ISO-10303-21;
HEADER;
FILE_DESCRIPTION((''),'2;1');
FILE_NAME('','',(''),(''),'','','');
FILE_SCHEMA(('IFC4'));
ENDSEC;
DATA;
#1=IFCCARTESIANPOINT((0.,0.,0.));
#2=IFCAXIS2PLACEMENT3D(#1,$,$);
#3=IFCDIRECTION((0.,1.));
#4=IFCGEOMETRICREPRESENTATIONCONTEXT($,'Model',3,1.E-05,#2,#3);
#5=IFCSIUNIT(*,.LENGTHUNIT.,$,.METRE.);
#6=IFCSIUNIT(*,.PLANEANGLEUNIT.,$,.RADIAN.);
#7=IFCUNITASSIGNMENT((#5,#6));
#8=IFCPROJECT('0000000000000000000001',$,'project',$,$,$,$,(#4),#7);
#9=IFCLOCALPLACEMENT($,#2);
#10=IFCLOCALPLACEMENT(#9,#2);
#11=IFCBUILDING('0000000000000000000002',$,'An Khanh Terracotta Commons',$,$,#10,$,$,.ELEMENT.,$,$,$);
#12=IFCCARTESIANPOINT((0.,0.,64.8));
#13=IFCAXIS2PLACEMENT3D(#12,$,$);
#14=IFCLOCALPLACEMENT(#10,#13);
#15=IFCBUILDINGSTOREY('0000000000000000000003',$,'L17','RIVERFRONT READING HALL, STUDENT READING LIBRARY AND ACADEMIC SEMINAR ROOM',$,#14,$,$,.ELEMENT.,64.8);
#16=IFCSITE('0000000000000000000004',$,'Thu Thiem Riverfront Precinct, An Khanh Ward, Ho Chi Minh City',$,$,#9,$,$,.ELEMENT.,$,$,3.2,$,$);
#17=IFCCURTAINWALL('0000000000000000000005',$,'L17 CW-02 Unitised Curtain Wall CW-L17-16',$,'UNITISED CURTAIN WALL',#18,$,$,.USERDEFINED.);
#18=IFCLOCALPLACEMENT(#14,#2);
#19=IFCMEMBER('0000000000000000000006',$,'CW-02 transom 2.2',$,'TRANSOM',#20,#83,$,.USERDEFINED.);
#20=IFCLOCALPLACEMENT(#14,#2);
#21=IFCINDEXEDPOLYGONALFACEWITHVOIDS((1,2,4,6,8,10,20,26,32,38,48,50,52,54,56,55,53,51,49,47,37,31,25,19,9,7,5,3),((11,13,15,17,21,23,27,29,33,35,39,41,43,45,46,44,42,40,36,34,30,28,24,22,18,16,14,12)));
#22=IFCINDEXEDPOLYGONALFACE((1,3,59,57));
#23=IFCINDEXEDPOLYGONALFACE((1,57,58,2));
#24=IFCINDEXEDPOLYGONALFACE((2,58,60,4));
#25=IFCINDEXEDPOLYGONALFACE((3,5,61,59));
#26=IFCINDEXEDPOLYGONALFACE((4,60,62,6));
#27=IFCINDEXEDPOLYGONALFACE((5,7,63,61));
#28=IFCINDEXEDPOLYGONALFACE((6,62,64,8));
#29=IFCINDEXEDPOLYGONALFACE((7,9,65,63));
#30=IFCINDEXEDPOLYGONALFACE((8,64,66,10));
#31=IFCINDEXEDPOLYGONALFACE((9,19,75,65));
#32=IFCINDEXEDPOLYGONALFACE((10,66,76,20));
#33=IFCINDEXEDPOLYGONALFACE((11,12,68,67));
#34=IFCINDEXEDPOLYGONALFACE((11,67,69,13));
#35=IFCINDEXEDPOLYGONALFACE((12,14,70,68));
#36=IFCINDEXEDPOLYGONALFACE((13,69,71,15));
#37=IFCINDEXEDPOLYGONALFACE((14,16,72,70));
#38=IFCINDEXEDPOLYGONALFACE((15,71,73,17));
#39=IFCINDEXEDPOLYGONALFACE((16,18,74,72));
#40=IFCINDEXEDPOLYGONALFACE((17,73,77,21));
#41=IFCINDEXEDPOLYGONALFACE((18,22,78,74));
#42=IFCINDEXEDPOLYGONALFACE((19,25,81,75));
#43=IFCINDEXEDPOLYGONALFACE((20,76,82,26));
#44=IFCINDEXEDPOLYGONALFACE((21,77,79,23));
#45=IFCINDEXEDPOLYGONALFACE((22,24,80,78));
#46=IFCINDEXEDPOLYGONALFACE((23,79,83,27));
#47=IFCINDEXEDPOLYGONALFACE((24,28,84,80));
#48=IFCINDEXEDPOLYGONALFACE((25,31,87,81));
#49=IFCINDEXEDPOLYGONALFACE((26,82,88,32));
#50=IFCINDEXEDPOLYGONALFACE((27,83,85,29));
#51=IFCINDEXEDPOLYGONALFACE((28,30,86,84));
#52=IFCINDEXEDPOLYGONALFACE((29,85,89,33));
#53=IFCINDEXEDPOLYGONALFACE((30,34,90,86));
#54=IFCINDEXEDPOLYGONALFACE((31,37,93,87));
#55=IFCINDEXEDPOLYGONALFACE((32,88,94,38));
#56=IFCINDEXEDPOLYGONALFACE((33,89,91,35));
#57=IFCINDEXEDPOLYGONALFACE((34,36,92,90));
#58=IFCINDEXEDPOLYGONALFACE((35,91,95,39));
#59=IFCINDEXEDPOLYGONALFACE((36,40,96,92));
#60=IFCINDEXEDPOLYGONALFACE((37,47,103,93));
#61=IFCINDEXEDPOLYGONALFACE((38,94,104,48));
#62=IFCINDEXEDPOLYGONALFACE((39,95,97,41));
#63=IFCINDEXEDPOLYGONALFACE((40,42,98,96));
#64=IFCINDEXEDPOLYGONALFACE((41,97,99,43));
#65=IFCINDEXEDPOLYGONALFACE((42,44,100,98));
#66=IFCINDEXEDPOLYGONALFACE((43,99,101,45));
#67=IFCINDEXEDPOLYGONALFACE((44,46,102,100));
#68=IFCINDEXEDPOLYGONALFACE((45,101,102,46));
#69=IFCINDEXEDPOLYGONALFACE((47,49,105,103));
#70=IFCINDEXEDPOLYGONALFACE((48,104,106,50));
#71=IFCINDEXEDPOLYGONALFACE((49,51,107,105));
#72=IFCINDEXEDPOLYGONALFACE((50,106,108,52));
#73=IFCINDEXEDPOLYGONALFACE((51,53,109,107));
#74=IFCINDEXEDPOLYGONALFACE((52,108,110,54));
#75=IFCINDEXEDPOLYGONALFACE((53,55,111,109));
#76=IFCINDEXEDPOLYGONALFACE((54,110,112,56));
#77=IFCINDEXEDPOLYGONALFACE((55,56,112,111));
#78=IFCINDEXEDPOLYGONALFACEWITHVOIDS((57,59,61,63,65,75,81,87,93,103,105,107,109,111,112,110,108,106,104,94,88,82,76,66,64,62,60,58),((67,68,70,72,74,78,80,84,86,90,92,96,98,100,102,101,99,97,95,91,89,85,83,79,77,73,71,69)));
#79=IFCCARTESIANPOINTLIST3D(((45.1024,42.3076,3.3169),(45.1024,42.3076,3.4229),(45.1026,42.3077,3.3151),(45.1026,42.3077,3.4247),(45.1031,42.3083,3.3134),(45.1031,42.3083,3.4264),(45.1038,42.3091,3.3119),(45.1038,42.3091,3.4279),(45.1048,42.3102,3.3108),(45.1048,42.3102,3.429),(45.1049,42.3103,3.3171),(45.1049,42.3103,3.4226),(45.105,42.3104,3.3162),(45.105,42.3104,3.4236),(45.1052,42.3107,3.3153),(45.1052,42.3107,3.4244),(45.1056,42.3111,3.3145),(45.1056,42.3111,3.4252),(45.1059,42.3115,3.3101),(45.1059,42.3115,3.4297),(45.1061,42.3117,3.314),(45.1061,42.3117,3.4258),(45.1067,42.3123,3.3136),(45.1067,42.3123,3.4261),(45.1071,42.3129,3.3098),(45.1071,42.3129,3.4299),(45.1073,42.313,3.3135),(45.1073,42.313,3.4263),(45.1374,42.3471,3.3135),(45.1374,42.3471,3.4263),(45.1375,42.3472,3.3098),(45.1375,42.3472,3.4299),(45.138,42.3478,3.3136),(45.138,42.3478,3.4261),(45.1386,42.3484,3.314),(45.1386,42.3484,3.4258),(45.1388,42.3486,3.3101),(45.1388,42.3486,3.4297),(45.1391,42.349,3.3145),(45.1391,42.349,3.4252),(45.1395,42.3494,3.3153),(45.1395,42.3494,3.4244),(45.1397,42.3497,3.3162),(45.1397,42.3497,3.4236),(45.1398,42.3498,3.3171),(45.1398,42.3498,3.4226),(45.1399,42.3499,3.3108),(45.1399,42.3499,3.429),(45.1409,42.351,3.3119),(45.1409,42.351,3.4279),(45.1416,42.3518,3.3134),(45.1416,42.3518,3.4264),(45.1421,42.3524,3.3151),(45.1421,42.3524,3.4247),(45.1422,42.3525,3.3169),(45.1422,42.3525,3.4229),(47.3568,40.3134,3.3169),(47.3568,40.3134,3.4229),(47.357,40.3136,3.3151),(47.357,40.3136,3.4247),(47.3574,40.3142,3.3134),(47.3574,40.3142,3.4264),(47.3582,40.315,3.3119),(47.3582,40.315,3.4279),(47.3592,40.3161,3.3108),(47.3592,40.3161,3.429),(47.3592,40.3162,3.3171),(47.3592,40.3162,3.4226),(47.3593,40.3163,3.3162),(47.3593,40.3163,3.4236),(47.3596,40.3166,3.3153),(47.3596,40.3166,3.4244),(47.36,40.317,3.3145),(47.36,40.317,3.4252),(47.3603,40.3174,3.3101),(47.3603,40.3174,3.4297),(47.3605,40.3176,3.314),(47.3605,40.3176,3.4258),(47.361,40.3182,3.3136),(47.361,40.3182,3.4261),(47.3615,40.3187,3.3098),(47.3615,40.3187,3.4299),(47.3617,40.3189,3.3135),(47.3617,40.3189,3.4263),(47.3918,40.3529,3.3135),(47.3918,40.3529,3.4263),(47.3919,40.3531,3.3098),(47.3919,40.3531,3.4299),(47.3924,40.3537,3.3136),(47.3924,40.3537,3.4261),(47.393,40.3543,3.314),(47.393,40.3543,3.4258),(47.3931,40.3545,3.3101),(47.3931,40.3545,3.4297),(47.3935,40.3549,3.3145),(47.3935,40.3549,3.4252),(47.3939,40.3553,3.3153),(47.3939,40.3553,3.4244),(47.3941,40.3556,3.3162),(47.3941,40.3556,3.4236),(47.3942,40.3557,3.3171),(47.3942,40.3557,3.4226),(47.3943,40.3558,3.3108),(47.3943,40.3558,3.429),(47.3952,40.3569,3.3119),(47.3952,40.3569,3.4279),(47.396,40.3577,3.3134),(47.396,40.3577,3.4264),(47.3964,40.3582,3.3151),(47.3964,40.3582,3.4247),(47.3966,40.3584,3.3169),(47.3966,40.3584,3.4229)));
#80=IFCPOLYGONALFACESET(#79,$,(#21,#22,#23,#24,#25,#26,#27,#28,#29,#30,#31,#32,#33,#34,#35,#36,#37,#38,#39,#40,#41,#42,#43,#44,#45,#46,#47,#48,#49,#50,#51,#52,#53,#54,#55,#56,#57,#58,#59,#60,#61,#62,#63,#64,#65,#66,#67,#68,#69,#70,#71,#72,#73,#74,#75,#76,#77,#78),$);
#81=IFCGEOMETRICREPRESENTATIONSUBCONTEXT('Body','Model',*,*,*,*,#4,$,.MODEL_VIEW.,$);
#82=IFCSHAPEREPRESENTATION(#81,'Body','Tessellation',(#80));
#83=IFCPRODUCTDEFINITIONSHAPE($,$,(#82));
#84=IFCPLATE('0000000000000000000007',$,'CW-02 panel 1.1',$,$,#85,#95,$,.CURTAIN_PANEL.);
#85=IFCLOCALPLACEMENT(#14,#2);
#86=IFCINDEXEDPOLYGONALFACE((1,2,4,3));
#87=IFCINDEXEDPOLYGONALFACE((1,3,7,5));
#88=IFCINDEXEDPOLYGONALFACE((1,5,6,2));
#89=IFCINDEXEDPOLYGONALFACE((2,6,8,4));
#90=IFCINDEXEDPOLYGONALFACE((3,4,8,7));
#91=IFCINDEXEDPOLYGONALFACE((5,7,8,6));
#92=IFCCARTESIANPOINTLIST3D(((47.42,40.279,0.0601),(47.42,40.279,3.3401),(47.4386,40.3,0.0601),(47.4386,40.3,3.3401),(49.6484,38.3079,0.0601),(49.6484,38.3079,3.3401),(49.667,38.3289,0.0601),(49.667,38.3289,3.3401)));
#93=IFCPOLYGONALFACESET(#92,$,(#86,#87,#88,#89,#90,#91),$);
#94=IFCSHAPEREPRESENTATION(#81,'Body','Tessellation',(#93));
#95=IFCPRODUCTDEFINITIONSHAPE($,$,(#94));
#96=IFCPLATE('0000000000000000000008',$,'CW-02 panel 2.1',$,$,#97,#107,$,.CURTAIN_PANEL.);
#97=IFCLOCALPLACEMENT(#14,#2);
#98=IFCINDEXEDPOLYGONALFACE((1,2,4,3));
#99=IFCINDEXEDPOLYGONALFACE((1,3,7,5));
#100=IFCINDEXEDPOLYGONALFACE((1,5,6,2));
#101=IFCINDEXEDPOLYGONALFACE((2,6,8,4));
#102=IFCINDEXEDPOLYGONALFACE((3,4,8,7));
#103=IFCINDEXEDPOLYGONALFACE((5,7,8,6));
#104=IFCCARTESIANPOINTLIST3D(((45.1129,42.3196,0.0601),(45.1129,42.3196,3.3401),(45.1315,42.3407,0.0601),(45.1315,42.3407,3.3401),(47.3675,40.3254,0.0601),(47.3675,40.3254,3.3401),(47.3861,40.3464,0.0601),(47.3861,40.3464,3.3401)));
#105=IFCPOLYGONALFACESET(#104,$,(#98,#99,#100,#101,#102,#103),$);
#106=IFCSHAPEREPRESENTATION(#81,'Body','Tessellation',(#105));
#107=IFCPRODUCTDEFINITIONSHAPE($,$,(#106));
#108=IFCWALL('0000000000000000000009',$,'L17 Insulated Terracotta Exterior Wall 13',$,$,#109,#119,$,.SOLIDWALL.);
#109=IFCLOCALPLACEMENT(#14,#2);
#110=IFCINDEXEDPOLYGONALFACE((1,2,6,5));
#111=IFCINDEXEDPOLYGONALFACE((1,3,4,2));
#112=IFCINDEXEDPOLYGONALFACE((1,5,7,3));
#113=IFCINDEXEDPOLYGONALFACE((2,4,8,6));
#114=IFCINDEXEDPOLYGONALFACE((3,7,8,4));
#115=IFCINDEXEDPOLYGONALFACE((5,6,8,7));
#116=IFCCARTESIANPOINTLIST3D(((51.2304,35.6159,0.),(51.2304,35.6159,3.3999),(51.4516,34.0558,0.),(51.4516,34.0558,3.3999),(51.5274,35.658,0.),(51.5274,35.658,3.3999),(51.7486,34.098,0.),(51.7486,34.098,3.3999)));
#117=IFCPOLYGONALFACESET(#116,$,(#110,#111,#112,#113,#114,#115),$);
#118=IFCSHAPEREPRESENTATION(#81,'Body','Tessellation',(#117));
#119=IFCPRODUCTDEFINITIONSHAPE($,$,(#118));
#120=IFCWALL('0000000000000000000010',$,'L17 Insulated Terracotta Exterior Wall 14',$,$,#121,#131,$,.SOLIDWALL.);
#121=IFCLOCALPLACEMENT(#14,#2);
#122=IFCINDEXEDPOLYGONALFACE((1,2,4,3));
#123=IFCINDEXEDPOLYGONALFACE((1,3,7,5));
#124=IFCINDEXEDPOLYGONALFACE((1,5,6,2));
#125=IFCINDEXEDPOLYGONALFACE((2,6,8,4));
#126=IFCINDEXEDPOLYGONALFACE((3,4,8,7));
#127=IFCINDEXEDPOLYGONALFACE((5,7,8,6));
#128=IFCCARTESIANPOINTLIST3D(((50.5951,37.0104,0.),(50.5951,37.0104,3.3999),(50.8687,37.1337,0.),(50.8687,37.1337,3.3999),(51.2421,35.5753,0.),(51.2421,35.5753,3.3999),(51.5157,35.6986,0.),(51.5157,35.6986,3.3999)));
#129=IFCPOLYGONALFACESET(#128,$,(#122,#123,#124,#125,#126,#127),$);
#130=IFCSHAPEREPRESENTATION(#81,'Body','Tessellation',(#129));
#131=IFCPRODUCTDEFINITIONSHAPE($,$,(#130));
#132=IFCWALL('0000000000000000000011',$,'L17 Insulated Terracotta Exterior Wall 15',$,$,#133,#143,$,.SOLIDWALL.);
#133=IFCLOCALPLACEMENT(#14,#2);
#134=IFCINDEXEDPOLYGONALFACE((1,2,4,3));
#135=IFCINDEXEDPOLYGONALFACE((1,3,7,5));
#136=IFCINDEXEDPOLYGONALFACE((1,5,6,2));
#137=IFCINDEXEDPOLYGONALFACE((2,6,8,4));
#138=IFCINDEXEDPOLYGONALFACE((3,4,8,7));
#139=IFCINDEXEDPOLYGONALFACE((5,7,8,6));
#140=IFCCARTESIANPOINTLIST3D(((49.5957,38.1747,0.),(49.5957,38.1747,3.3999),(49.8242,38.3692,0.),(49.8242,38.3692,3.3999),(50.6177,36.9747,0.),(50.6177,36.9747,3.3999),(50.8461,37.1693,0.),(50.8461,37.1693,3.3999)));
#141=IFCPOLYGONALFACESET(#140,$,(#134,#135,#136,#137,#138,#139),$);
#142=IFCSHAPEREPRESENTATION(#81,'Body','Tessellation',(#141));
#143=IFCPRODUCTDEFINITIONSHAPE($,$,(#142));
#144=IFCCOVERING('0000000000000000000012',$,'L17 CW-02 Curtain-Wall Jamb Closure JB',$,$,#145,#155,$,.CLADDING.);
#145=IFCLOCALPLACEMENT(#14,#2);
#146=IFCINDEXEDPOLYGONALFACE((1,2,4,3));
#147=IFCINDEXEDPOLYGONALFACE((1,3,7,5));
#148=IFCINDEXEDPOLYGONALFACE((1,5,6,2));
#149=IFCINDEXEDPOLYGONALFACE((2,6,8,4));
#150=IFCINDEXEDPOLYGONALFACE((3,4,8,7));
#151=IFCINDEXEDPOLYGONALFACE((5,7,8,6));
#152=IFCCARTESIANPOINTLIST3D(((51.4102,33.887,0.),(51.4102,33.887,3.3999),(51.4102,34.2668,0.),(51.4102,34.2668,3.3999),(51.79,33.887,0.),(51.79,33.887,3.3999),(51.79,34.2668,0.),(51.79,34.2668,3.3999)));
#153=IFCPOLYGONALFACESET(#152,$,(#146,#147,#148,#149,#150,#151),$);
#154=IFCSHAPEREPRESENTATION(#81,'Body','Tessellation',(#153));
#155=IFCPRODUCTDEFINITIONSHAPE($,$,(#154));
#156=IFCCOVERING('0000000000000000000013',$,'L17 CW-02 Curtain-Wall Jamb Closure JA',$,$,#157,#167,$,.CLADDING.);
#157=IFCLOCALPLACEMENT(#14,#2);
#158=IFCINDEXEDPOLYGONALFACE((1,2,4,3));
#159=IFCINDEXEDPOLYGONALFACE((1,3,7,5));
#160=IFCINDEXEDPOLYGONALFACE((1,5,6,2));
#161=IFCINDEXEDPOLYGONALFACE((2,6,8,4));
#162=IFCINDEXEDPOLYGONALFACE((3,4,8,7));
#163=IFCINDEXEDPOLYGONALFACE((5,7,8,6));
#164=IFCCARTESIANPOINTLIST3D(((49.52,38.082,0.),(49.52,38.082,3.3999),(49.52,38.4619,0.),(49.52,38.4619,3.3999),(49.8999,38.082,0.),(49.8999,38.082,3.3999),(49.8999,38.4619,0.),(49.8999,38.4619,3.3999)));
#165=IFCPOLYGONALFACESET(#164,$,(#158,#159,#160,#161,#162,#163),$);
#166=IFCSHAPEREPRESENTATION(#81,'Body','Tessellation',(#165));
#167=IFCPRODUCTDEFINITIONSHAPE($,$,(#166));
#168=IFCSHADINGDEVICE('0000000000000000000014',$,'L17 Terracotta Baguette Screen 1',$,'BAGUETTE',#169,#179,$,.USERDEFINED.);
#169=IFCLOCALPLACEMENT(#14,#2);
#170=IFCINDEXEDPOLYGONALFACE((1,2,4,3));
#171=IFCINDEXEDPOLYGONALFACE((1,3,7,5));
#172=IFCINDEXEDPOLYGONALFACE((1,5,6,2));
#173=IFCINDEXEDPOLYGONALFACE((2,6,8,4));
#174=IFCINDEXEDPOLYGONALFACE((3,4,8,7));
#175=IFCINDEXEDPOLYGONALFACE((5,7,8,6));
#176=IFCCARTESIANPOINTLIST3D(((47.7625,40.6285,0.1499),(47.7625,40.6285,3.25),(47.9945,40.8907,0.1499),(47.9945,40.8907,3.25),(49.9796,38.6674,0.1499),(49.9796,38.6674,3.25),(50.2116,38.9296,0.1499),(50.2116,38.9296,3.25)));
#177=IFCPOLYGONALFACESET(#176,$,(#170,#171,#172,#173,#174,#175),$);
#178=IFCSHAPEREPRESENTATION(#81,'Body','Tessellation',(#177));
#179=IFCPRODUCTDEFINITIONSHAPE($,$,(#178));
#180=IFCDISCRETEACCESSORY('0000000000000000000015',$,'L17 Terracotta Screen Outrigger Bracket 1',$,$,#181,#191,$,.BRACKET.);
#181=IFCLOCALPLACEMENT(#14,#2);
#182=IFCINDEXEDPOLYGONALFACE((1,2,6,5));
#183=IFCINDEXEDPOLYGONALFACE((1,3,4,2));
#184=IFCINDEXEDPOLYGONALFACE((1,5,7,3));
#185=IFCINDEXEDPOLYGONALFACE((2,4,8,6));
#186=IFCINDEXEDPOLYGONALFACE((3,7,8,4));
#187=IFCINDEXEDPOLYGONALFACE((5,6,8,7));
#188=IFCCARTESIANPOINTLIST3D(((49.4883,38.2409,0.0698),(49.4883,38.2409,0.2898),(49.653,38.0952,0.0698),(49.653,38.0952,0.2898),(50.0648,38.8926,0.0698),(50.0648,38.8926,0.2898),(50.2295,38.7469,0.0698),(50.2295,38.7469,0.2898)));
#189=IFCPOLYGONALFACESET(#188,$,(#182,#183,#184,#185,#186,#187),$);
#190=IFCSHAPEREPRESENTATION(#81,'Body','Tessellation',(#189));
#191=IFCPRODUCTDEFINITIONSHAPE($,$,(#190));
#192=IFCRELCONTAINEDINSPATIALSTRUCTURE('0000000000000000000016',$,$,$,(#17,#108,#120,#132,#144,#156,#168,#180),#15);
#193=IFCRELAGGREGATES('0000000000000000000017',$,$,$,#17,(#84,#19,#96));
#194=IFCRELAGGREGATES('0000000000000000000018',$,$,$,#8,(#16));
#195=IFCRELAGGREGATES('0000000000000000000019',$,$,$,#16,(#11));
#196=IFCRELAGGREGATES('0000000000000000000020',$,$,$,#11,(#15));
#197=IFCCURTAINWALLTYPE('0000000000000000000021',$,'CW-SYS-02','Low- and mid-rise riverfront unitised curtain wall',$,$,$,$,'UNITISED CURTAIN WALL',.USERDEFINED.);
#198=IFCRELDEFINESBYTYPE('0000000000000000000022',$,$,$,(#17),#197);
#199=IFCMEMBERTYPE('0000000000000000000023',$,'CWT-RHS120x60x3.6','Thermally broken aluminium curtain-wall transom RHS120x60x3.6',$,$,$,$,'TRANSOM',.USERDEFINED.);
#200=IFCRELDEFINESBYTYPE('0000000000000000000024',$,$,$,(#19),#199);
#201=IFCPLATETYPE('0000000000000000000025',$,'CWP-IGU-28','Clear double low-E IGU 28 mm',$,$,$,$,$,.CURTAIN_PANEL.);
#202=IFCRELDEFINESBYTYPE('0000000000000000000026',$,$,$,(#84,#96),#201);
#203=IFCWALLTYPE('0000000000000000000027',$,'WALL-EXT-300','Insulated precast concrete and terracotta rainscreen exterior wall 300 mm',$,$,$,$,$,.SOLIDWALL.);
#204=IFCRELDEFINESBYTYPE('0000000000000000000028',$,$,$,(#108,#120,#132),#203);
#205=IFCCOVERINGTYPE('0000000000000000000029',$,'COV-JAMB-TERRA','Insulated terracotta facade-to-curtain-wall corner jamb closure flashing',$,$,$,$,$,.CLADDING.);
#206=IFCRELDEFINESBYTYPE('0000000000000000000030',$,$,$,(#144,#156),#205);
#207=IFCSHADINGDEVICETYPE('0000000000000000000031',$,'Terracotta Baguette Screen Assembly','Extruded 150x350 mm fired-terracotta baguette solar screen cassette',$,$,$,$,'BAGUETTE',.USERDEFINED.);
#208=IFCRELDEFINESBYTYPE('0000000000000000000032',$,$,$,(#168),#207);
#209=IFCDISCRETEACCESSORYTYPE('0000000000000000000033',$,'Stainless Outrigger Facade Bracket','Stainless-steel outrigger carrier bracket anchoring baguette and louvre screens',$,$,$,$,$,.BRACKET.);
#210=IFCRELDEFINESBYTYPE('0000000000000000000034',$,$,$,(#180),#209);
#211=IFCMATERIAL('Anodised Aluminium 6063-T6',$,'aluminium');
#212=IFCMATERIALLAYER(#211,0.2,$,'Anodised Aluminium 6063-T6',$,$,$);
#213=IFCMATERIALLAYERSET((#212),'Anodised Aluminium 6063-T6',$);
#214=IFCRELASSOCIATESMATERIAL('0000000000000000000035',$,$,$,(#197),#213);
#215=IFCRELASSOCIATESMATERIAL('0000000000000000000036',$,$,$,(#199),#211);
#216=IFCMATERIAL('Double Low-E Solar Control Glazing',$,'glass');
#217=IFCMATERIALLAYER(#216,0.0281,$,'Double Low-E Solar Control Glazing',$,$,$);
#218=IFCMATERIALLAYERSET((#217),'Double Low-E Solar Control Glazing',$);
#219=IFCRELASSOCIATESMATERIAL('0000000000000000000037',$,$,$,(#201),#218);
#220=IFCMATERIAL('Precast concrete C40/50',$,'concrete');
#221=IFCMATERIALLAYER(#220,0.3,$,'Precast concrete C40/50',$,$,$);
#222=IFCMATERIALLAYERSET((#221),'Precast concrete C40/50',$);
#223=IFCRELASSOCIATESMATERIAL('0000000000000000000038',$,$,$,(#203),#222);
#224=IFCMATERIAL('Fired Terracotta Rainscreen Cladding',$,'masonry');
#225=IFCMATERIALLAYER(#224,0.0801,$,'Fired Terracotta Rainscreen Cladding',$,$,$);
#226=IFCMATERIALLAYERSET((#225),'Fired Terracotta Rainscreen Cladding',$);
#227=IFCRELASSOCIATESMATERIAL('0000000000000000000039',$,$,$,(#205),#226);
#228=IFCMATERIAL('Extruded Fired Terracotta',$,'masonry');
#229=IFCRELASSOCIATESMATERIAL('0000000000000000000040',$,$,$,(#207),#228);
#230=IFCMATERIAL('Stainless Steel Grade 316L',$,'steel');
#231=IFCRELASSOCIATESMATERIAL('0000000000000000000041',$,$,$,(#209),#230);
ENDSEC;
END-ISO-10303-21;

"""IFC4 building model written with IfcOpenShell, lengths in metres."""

from ifc_helpers import new_model, si_unit, direction, frame, frame_2d, origin, origin_2d, place, context, subcontext, project, spatial, rectangle, hollow_rectangle, extrude, material, layer, layer_set, material_profile, profile_set, type_object, element, aggregate, save


model = new_model("IFC4")

# Units and contexts
model_context = context("Model", 3, precision=1e-05, world=origin(), true_north=direction((0.0, 1.0)))
body_context = subcontext(model_context, "Body", "Model", "MODEL_VIEW")
ifc_project = project(units=[si_unit("LENGTHUNIT", "METRE"), si_unit("PLANEANGLEUNIT", "RADIAN")], contexts=[model_context])

# Site, building, storey
site_placement = place(None, origin())
site = spatial("IfcSite", under=ifc_project, at=site_placement, Name="Thu Thiem Riverfront Precinct, An Khanh Ward, Ho Chi Minh City", CompositionType="ELEMENT", RefElevation=3.2)
building_placement = place(site_placement, origin())
building = spatial("IfcBuilding", under=site, at=building_placement, Name="An Khanh Terracotta Commons", CompositionType="ELEMENT")
storey_placement = place(building_placement, frame((0.0, 0.0, 64.8)))
storey = spatial("IfcBuildingStorey", under=building, at=storey_placement, Name="L17", Description="RIVERFRONT READING HALL, STUDENT READING LIBRARY AND ACADEMIC SEMINAR ROOM", CompositionType="ELEMENT", Elevation=64.8)

# Shared definitions
ifc_material_1 = material(Name="Anodised Aluminium 6063-T6", Category="aluminium")
ifc_layer_1 = layer(ifc_material_1, 0.2, Name="Anodised Aluminium 6063-T6")
ifc_layer_set_1 = layer_set([ifc_layer_1], Name="Anodised Aluminium 6063-T6")
curtain_wall_type = type_object("IfcCurtainWallType", Name="CW-SYS-02", Description="Low- and mid-rise riverfront unitised curtain wall", ElementType="UNITISED CURTAIN WALL", PredefinedType="USERDEFINED", material=ifc_layer_set_1)

# Curtain wall, member, plates
curtain_wall_1_placement = place(storey_placement, origin())
curtain_wall_1 = element("IfcCurtainWall", 1, at=curtain_wall_1_placement, inside=storey, type_object=curtain_wall_type, Name="L17 CW-02 Unitised Curtain Wall CW-L17-16", ObjectType="UNITISED CURTAIN WALL", PredefinedType="USERDEFINED")
ifc_material_profile_1 = material_profile(ifc_material_1, hollow_rectangle(XDim=0.0601, YDim=0.1201, WallThickness=0.0037, InnerFilletRadius=0.0037, OuterFilletRadius=0.0071, at=origin_2d()), Name="RHS120x60x3.6")
ifc_profile_set_1 = profile_set([ifc_material_profile_1], Name="Anodised Aluminium 6063-T6")
member_type_1 = type_object("IfcMemberType", Name="CWT-RHS120x60x3.6", Description="Thermally broken aluminium curtain-wall transom RHS120x60x3.6", ElementType="TRANSOM", PredefinedType="USERDEFINED", material=ifc_profile_set_1)
member_1_placement = place(storey_placement, frame((47.3767, 40.3359, 3.3699), z_axis=(-0.749018, 0.662549, 0.0), x_axis=(-0.662549, -0.749018, 0.0)))
member_1 = element("IfcMember", 2, at=member_1_placement, type_object=member_type_1, Name="CW-02 transom 2.2", ObjectType="TRANSOM", PredefinedType="USERDEFINED", context=body_context, shape_type="SweptSolid", body=[
    extrude(hollow_rectangle(XDim=0.0601, YDim=0.1201, WallThickness=0.0037, InnerFilletRadius=0.0037, OuterFilletRadius=0.0071, at=origin_2d()), origin(), (0.0, 0.0, 1.0), 3.0098),
])
ifc_material_2 = material(Name="Double Low-E Solar Control Glazing", Category="glass")
ifc_layer_2 = layer(ifc_material_2, 0.0281, Name="Double Low-E Solar Control Glazing")
ifc_layer_set_2 = layer_set([ifc_layer_2], Name="Double Low-E Solar Control Glazing")
plate_type = type_object("IfcPlateType", Name="CWP-IGU-28", Description="Clear double low-E IGU 28 mm", PredefinedType="CURTAIN_PANEL", material=ifc_layer_set_2)
plate_1_placement = place(storey_placement, frame((48.5435, 39.304, 0.0601), z_axis=(0.0, 0.0, 1.0), x_axis=(-0.749019, 0.662548, 0.0)))
plate_1 = element("IfcPlate", 3, at=plate_1_placement, type_object=plate_type, Name="CW-02 panel 1.1", PredefinedType="CURTAIN_PANEL", context=body_context, shape_type="SweptSolid", body=[
    extrude(rectangle(XDim=2.9751, YDim=0.0281, at=origin_2d()), origin(), (0.0, 0.0, 1.0), 3.28),
])
plate_2_placement = place(storey_placement, frame((46.2495, 41.333, 0.0601), z_axis=(0.0, 0.0, 1.0), x_axis=(-0.749019, 0.662548, 0.0)))
plate_2 = element("IfcPlate", 4, at=plate_2_placement, type_object=plate_type, Name="CW-02 panel 2.1", PredefinedType="CURTAIN_PANEL", context=body_context, shape_type="SweptSolid", body=[
    extrude(rectangle(XDim=3.01, YDim=0.0281, at=origin_2d()), origin(), (0.0, 0.0, 1.0), 3.28),
])
aggregate(curtain_wall_1, [plate_1, member_1, plate_2])

# Walls
ifc_material_3 = material(Name="Precast concrete C40/50", Category="concrete")
ifc_layer_3 = layer(ifc_material_3, 0.3, Name="Precast concrete C40/50")
ifc_layer_set_3 = layer_set([ifc_layer_3], Name="Precast concrete C40/50")
wall_type = type_object("IfcWallType", Name="WALL-EXT-300", Description="Insulated precast concrete and terracotta rainscreen exterior wall 300 mm", PredefinedType="SOLIDWALL", material=ifc_layer_set_3)
wall_1_placement = place(storey_placement, frame((51.6001, 34.0769, 0.0), z_axis=(0.0, 0.0, 1.0), x_axis=(-0.14038, 0.990098, 0.0)))
element("IfcWall", 5, at=wall_1_placement, inside=storey, type_object=wall_type, Name="L17 Insulated Terracotta Exterior Wall 13", PredefinedType="SOLIDWALL", context=body_context, shape_type="SweptSolid", body=[
    extrude(rectangle(XDim=1.5757, YDim=0.3, at=frame_2d((0.7878, 0.0))), origin(), (0.0, 0.0, 1.0), 3.3999),
])
wall_2_placement = place(storey_placement, frame((51.3789, 35.637, 0.0), z_axis=(0.0, 0.0, 1.0), x_axis=(-0.410997, 0.911637, 0.0)))
element("IfcWall", 6, at=wall_2_placement, inside=storey, type_object=wall_type, Name="L17 Insulated Terracotta Exterior Wall 14", PredefinedType="SOLIDWALL", context=body_context, shape_type="SweptSolid", body=[
    extrude(rectangle(XDim=1.5742, YDim=0.3, at=frame_2d((0.7871, 0.0))), origin(), (0.0, 0.0, 1.0), 3.3999),
])
wall_3_placement = place(storey_placement, frame((50.7319, 37.072, 0.0), z_axis=(0.0, 0.0, 1.0), x_axis=(-0.64839, 0.761308, 0.0)))
element("IfcWall", 7, at=wall_3_placement, inside=storey, type_object=wall_type, Name="L17 Insulated Terracotta Exterior Wall 15", PredefinedType="SOLIDWALL", context=body_context, shape_type="SweptSolid", body=[
    extrude(rectangle(XDim=1.5762, YDim=0.3, at=frame_2d((0.7881, 0.0))), origin(), (0.0, 0.0, 1.0), 3.3999),
])

# Coverings
ifc_material_4 = material(Name="Fired Terracotta Rainscreen Cladding", Category="masonry")
ifc_layer_4 = layer(ifc_material_4, 0.0801, Name="Fired Terracotta Rainscreen Cladding")
ifc_layer_set_4 = layer_set([ifc_layer_4], Name="Fired Terracotta Rainscreen Cladding")
covering_type = type_object("IfcCoveringType", Name="COV-JAMB-TERRA", Description="Insulated terracotta facade-to-curtain-wall corner jamb closure flashing", PredefinedType="CLADDING", material=ifc_layer_set_4)
for number, where, z_axis, x_axis, name in (
    (8, (51.6001, 34.0769, 0.0), (0.0, 0.0, 1.0), (1.0, 0.0, 0.0), "L17 CW-02 Curtain-Wall Jamb Closure JB"),
    (9, (49.71, 38.272, 0.0), (0.0, 0.0, 1.0), (1.0, 0.0, 0.0), "L17 CW-02 Curtain-Wall Jamb Closure JA"),
):
    element("IfcCovering", number, at=place(storey_placement, frame(where, z_axis=z_axis, x_axis=x_axis)), inside=storey, type_object=covering_type, Name=name, PredefinedType="CLADDING", context=body_context, shape_type="SweptSolid", body=[
        extrude(rectangle(XDim=0.3799, YDim=0.3799, at=origin_2d()), origin(), (0.0, 0.0, 1.0), 3.3999),
    ])

# Shading device
ifc_material_5 = material(Name="Extruded Fired Terracotta", Category="masonry")
shading_device_type = type_object("IfcShadingDeviceType", Name="Terracotta Baguette Screen Assembly", Description="Extruded 150x350 mm fired-terracotta baguette solar screen cassette", ElementType="BAGUETTE", PredefinedType="USERDEFINED", material=ifc_material_5)
shading_device_placement = place(storey_placement, frame((48.9871, 39.7791, 0.1499), z_axis=(0.0, 0.0, 1.0), x_axis=(-0.749019, 0.662548, 0.0)))
element("IfcShadingDevice", 10, at=shading_device_placement, inside=storey, type_object=shading_device_type, Name="L17 Terracotta Baguette Screen 1", ObjectType="BAGUETTE", PredefinedType="USERDEFINED", context=body_context, shape_type="SweptSolid", body=[
    extrude(rectangle(XDim=2.96, YDim=0.3501, at=origin_2d()), origin(), (0.0, 0.0, 1.0), 3.1001),
])

# Discrete accessory
ifc_material_6 = material(Name="Stainless Steel Grade 316L", Category="steel")
discrete_accessory_type = type_object("IfcDiscreteAccessoryType", Name="Stainless Outrigger Facade Bracket", Description="Stainless-steel outrigger carrier bracket anchoring baguette and louvre screens", PredefinedType="BRACKET", material=ifc_material_6)
discrete_accessory_placement = place(storey_placement, frame((49.8589, 38.4939, 0.0698), z_axis=(0.0, 0.0, 1.0), x_axis=(-0.749019, 0.662548, 0.0)))
element("IfcDiscreteAccessory", 11, at=discrete_accessory_placement, inside=storey, type_object=discrete_accessory_type, Name="L17 Terracotta Screen Outrigger Bracket 1", PredefinedType="BRACKET", context=body_context, shape_type="SweptSolid", body=[
    extrude(rectangle(XDim=0.22, YDim=0.8701, at=origin_2d()), origin(), (0.0, 0.0, 1.0), 0.22),
])

save(model, "model.ifc")
